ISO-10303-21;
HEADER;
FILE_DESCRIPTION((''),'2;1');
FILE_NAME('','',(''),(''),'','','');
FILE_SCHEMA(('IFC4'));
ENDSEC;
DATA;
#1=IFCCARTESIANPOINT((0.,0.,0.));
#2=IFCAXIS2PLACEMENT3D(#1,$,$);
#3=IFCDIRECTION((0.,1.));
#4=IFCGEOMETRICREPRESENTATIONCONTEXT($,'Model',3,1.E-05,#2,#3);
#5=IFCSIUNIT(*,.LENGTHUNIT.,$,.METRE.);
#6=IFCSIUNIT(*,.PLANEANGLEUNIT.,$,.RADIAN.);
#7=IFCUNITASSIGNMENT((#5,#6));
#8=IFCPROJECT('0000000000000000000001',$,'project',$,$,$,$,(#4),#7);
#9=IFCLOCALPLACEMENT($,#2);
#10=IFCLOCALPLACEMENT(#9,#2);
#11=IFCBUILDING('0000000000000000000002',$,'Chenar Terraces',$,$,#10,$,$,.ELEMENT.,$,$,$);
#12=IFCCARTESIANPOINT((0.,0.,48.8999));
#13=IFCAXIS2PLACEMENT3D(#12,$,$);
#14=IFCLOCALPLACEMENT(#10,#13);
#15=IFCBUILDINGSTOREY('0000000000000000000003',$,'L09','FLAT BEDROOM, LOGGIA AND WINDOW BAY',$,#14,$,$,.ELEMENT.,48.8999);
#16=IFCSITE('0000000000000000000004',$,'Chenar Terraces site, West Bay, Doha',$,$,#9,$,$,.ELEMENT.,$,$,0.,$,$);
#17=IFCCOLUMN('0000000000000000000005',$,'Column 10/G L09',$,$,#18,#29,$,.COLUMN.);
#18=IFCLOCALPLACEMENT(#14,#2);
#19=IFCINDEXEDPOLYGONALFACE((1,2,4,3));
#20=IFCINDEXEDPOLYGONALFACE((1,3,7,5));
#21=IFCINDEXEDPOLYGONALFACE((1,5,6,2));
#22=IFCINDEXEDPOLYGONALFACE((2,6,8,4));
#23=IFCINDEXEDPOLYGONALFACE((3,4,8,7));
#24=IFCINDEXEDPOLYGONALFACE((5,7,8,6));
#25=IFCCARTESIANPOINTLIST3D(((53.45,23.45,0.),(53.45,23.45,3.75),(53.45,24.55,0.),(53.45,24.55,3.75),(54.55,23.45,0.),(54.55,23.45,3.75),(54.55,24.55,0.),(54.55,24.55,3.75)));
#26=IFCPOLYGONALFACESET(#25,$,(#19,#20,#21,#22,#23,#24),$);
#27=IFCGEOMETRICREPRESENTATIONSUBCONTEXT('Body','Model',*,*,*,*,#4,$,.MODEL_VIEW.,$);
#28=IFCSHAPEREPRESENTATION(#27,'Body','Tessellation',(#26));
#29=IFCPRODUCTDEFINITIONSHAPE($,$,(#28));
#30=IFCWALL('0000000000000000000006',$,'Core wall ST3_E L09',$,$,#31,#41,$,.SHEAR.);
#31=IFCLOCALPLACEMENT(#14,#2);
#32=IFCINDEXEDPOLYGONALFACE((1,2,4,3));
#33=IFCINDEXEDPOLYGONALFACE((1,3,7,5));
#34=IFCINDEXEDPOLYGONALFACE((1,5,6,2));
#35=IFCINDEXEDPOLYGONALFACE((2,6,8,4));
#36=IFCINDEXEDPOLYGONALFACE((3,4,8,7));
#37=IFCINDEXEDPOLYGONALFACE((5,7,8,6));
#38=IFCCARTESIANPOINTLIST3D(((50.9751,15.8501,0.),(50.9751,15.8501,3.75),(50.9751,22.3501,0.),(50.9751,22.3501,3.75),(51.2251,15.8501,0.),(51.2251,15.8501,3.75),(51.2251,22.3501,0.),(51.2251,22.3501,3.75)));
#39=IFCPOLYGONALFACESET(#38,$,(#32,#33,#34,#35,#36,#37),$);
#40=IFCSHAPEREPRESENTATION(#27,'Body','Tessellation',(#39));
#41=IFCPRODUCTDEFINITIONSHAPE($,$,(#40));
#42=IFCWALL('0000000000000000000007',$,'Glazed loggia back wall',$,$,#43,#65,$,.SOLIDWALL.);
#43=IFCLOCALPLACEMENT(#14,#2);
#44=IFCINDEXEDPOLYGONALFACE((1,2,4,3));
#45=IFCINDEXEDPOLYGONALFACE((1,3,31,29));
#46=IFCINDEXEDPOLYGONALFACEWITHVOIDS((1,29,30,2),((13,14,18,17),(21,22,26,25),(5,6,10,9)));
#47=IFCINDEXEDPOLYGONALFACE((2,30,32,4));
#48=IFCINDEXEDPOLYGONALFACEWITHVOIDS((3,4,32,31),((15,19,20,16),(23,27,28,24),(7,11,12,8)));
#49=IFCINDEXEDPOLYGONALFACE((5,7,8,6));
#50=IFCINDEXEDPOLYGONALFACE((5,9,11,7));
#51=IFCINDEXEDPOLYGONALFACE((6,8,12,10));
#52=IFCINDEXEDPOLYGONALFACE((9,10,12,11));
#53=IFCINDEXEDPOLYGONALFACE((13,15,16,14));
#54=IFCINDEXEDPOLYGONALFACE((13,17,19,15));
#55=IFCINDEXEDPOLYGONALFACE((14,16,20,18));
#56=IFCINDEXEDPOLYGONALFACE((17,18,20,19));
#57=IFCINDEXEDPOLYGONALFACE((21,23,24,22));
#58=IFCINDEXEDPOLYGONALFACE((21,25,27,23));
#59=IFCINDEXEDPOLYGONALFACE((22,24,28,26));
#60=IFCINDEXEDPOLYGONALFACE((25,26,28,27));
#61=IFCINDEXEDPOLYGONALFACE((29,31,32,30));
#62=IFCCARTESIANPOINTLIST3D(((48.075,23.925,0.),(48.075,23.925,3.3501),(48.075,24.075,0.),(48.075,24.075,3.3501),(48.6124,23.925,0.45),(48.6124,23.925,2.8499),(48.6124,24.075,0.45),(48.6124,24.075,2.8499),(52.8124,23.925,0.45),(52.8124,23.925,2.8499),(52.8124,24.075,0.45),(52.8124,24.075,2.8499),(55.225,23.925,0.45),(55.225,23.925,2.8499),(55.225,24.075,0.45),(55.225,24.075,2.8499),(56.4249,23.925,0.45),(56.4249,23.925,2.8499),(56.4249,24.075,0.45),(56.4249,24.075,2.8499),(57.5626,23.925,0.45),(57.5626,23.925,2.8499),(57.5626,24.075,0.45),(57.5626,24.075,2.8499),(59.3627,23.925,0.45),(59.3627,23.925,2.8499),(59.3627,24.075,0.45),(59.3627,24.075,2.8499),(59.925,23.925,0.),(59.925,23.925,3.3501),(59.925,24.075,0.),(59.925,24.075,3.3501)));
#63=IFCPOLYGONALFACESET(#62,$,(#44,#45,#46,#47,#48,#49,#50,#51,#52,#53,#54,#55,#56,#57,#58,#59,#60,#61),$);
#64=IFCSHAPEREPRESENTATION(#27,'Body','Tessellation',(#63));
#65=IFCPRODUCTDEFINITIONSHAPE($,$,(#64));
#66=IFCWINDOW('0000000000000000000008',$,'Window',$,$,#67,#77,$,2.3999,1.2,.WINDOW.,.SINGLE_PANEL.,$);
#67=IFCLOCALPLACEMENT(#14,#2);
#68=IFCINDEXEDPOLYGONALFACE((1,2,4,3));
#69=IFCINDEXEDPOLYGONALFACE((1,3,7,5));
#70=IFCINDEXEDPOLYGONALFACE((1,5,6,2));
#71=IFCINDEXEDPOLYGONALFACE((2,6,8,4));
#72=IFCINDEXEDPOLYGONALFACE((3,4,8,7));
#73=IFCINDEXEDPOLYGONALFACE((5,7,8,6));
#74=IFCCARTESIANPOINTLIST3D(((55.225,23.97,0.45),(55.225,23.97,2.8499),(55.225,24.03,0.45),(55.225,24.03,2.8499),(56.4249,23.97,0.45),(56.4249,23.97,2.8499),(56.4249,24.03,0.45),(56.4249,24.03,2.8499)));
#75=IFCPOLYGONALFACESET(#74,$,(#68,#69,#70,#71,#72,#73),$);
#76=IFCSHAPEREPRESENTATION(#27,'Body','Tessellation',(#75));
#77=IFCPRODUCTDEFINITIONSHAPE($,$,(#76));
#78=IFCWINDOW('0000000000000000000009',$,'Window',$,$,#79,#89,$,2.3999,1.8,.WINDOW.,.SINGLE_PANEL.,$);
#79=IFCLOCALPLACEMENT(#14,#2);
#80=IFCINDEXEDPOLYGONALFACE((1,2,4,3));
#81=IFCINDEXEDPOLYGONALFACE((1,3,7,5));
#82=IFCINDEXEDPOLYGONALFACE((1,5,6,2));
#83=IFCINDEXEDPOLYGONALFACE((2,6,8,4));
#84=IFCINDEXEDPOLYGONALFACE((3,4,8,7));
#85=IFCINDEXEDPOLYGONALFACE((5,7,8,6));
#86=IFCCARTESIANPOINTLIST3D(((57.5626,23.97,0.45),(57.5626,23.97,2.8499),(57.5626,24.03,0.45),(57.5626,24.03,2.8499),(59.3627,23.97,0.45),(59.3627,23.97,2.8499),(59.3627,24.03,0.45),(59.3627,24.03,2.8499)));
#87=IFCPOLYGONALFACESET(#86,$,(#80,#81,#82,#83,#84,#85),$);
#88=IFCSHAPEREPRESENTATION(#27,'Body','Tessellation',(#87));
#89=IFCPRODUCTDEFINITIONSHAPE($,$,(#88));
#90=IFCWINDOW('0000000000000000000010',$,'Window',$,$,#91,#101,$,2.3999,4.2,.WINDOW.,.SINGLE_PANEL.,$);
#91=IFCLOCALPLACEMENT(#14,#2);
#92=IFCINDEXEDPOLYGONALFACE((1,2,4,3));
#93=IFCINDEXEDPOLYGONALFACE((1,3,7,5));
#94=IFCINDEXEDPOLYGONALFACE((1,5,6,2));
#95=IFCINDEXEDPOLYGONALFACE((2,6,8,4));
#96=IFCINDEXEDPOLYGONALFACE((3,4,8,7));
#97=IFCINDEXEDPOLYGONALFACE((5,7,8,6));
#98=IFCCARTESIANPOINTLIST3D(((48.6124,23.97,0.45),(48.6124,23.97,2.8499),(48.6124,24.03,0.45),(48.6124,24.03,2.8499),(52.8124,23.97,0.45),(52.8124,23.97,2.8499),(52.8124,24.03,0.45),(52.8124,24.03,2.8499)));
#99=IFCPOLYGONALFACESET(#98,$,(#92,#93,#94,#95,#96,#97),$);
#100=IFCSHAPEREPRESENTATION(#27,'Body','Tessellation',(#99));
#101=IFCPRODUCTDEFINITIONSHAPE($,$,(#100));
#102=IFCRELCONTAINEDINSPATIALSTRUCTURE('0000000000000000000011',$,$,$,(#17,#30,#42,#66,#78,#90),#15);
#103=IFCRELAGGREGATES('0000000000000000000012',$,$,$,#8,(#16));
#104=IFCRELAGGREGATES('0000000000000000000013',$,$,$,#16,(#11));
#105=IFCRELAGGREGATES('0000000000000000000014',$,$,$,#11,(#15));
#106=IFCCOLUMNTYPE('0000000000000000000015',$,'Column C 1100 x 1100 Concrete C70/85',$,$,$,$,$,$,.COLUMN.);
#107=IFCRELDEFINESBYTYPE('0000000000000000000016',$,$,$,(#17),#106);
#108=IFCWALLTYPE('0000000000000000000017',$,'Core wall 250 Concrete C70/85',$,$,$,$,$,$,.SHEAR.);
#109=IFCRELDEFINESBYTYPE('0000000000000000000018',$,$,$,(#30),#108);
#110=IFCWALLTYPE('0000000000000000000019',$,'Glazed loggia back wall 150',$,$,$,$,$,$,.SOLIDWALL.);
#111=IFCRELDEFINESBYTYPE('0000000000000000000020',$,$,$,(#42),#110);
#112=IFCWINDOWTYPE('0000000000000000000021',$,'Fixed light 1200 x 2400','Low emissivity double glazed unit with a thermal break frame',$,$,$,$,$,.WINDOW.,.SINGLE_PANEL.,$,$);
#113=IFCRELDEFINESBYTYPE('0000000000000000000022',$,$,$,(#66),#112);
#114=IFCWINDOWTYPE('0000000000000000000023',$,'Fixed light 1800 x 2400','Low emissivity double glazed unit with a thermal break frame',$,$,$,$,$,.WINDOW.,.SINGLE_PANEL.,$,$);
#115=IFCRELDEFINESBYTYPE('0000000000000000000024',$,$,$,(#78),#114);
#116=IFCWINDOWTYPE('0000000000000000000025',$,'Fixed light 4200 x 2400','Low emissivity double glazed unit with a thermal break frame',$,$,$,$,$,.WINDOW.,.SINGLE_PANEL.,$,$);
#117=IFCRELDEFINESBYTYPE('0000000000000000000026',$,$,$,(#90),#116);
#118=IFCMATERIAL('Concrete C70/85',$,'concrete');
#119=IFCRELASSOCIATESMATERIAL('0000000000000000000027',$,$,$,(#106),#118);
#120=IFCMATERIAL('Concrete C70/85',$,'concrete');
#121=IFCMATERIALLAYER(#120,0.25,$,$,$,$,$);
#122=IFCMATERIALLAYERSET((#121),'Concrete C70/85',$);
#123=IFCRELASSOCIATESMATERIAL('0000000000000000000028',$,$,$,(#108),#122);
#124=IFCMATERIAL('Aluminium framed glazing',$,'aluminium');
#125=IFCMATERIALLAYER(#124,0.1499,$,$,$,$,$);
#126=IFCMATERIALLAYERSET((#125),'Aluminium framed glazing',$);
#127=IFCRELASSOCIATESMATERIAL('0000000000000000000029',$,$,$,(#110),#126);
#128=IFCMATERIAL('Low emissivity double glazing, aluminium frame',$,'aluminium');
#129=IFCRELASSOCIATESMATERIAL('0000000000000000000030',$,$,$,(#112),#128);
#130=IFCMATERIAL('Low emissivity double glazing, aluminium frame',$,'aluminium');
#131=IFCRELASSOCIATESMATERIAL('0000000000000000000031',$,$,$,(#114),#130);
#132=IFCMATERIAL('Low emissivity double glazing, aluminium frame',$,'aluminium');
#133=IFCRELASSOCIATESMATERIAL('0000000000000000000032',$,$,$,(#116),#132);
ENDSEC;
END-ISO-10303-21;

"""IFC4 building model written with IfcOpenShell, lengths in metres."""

from ifc_helpers import new_model, si_unit, direction, frame, frame_2d, origin, origin_2d, place, context, subcontext, project, spatial, rectangle, extrude, material, layer, layer_set, material_profile, profile_set, type_object, element, fill, save


model = new_model("IFC4")

# Units and contexts
model_context = context("Model", 3, precision=1e-05, world=origin(), true_north=direction((0.0, 1.0)))
body_context = subcontext(model_context, "Body", "Model", "MODEL_VIEW")
ifc_project = project(units=[si_unit("LENGTHUNIT", "METRE"), si_unit("PLANEANGLEUNIT", "RADIAN")], contexts=[model_context])

# Site, building, storey
site_placement = place(None, origin())
site = spatial("IfcSite", under=ifc_project, at=site_placement, Name="Chenar Terraces site, West Bay, Doha", CompositionType="ELEMENT", RefElevation=0.0)
building_placement = place(site_placement, origin())
building = spatial("IfcBuilding", under=site, at=building_placement, Name="Chenar Terraces", CompositionType="ELEMENT")
storey_placement = place(building_placement, frame((0.0, 0.0, 48.8999)))
storey = spatial("IfcBuildingStorey", under=building, at=storey_placement, Name="L09", Description="FLAT BEDROOM, LOGGIA AND WINDOW BAY", CompositionType="ELEMENT", Elevation=48.8999)

# Column
ifc_material_1 = material(Name="Concrete C70/85", Category="concrete")
ifc_material_profile_1 = material_profile(ifc_material_1, rectangle(XDim=1.1001, YDim=1.1001, at=origin_2d()), Name="C 1100 x 1100")
ifc_profile_set_1 = profile_set([ifc_material_profile_1], Name="Concrete C70/85")
column_type = type_object("IfcColumnType", Name="Column C 1100 x 1100 Concrete C70/85", PredefinedType="COLUMN", material=ifc_profile_set_1)
column_placement = place(storey_placement, frame((54.0, 24.0, 0.0), z_axis=(0.0, 0.0, 1.0), x_axis=(1.0, 0.0, 0.0)))
element("IfcColumn", 1, at=column_placement, inside=storey, type_object=column_type, Name="Column 10/G L09", PredefinedType="COLUMN", context=body_context, shape_type="SweptSolid", body=[
    extrude(rectangle(XDim=1.1001, YDim=1.1001, at=origin_2d()), origin(), (0.0, 0.0, 1.0), 3.75),
])

# Wall
ifc_material_2 = material(Name="Concrete C70/85", Category="concrete")
ifc_layer_1 = layer(ifc_material_2, 0.25)
ifc_layer_set_1 = layer_set([ifc_layer_1], Name="Concrete C70/85")
wall_type_1 = type_object("IfcWallType", Name="Core wall 250 Concrete C70/85", PredefinedType="SHEAR", material=ifc_layer_set_1)
wall_1_placement = place(storey_placement, frame((51.1001, 15.8501, 0.0), z_axis=(0.0, 0.0, 1.0), x_axis=(0.0, 1.0, 0.0)))
element("IfcWall", 2, at=wall_1_placement, inside=storey, type_object=wall_type_1, Name="Core wall ST3_E L09", PredefinedType="SHEAR", context=body_context, shape_type="SweptSolid", body=[
    extrude(rectangle(XDim=6.5, YDim=0.25, at=frame_2d((3.25, 0.0))), origin(), (0.0, 0.0, 1.0), 3.75),
])

# Wall, openings, windows
ifc_material_3 = material(Name="Aluminium framed glazing", Category="aluminium")
ifc_layer_2 = layer(ifc_material_3, 0.1499)
ifc_layer_set_2 = layer_set([ifc_layer_2], Name="Aluminium framed glazing")
wall_type_2 = type_object("IfcWallType", Name="Glazed loggia back wall 150", PredefinedType="SOLIDWALL", material=ifc_layer_set_2)
wall_2_placement = place(storey_placement, frame((59.925, 24.0, 0.0), z_axis=(0.0, 0.0, 1.0), x_axis=(-1.0, 0.0, 0.0)))
wall_2 = element("IfcWall", 3, at=wall_2_placement, inside=storey, type_object=wall_type_2, Name="Glazed loggia back wall", PredefinedType="SOLIDWALL", context=body_context, shape_type="SweptSolid", body=[
    extrude(rectangle(XDim=11.8501, YDim=0.1499, at=frame_2d((5.925, 0.0))), origin(), (0.0, 0.0, 1.0), 3.3501),
])
opening_1_placement = place(wall_2_placement, frame((0.5625, 0.0, 0.45)))
opening_1 = element("IfcOpeningElement", 4, at=opening_1_placement, cuts=wall_2, PredefinedType="OPENING", context=body_context, shape_type="SweptSolid", body=[
    extrude(rectangle(XDim=1.8, YDim=2.3999, at=frame_2d((0.8999, 1.2))), frame((0.0, 0.085, 0.0), z_axis=(0.0, -1.0, 0.0), x_axis=(1.0, 0.0, 0.0)), (0.0, 0.0, 1.0), 0.1699),
])
opening_2_placement = place(wall_2_placement, frame((3.5, 0.0, 0.45)))
opening_2 = element("IfcOpeningElement", 5, at=opening_2_placement, cuts=wall_2, PredefinedType="OPENING", context=body_context, shape_type="SweptSolid", body=[
    extrude(rectangle(XDim=1.2, YDim=2.3999, at=frame_2d((0.6001, 1.2))), frame((0.0, 0.085, 0.0), z_axis=(0.0, -1.0, 0.0), x_axis=(1.0, 0.0, 0.0)), (0.0, 0.0, 1.0), 0.1699),
])
opening_3_placement = place(wall_2_placement, frame((7.1125, 0.0, 0.45)))
opening_3 = element("IfcOpeningElement", 6, at=opening_3_placement, cuts=wall_2, PredefinedType="OPENING", context=body_context, shape_type="SweptSolid", body=[
    extrude(rectangle(XDim=4.2, YDim=2.3999, at=frame_2d((2.1001, 1.2))), frame((0.0, 0.085, 0.0), z_axis=(0.0, -1.0, 0.0), x_axis=(1.0, 0.0, 0.0)), (0.0, 0.0, 1.0), 0.1699),
])
ifc_material_4 = material(Name="Low emissivity double glazing, aluminium frame", Category="aluminium")
window_type_1 = type_object("IfcWindowType", Name="Fixed light 1200 x 2400", Description="Low emissivity double glazed unit with a thermal break frame", PartitioningType="SINGLE_PANEL", PredefinedType="WINDOW", material=ifc_material_4)
window_1_placement = place(opening_2_placement, origin())
window_1 = element("IfcWindow", 7, at=window_1_placement, inside=storey, type_object=window_type_1, Name="Window", OverallHeight=2.3999, OverallWidth=1.2, PartitioningType="SINGLE_PANEL", PredefinedType="WINDOW", context=body_context, shape_type="SweptSolid", body=[
    extrude(rectangle(XDim=1.2, YDim=2.3999, at=frame_2d((0.6001, 1.2))), frame((0.0, 0.03, 0.0), z_axis=(0.0, -1.0, 0.0), x_axis=(1.0, 0.0, 0.0)), (0.0, 0.0, 1.0), 0.0601),
])
fill(opening_2, window_1)
ifc_material_5 = material(Name="Low emissivity double glazing, aluminium frame", Category="aluminium")
window_type_2 = type_object("IfcWindowType", Name="Fixed light 1800 x 2400", Description="Low emissivity double glazed unit with a thermal break frame", PartitioningType="SINGLE_PANEL", PredefinedType="WINDOW", material=ifc_material_5)
window_2_placement = place(opening_1_placement, origin())
window_2 = element("IfcWindow", 8, at=window_2_placement, inside=storey, type_object=window_type_2, Name="Window", OverallHeight=2.3999, OverallWidth=1.8, PartitioningType="SINGLE_PANEL", PredefinedType="WINDOW", context=body_context, shape_type="SweptSolid", body=[
    extrude(rectangle(XDim=1.8, YDim=2.3999, at=frame_2d((0.8999, 1.2))), frame((0.0, 0.03, 0.0), z_axis=(0.0, -1.0, 0.0), x_axis=(1.0, 0.0, 0.0)), (0.0, 0.0, 1.0), 0.0601),
])
fill(opening_1, window_2)
ifc_material_6 = material(Name="Low emissivity double glazing, aluminium frame", Category="aluminium")
window_type_3 = type_object("IfcWindowType", Name="Fixed light 4200 x 2400", Description="Low emissivity double glazed unit with a thermal break frame", PartitioningType="SINGLE_PANEL", PredefinedType="WINDOW", material=ifc_material_6)
window_3_placement = place(opening_3_placement, origin())
window_3 = element("IfcWindow", 9, at=window_3_placement, inside=storey, type_object=window_type_3, Name="Window", OverallHeight=2.3999, OverallWidth=4.2, PartitioningType="SINGLE_PANEL", PredefinedType="WINDOW", context=body_context, shape_type="SweptSolid", body=[
    extrude(rectangle(XDim=4.2, YDim=2.3999, at=frame_2d((2.1001, 1.2))), frame((0.0, 0.03, 0.0), z_axis=(0.0, -1.0, 0.0), x_axis=(1.0, 0.0, 0.0)), (0.0, 0.0, 1.0), 0.0601),
])
fill(opening_3, window_3)

save(model, "model.ifc")
